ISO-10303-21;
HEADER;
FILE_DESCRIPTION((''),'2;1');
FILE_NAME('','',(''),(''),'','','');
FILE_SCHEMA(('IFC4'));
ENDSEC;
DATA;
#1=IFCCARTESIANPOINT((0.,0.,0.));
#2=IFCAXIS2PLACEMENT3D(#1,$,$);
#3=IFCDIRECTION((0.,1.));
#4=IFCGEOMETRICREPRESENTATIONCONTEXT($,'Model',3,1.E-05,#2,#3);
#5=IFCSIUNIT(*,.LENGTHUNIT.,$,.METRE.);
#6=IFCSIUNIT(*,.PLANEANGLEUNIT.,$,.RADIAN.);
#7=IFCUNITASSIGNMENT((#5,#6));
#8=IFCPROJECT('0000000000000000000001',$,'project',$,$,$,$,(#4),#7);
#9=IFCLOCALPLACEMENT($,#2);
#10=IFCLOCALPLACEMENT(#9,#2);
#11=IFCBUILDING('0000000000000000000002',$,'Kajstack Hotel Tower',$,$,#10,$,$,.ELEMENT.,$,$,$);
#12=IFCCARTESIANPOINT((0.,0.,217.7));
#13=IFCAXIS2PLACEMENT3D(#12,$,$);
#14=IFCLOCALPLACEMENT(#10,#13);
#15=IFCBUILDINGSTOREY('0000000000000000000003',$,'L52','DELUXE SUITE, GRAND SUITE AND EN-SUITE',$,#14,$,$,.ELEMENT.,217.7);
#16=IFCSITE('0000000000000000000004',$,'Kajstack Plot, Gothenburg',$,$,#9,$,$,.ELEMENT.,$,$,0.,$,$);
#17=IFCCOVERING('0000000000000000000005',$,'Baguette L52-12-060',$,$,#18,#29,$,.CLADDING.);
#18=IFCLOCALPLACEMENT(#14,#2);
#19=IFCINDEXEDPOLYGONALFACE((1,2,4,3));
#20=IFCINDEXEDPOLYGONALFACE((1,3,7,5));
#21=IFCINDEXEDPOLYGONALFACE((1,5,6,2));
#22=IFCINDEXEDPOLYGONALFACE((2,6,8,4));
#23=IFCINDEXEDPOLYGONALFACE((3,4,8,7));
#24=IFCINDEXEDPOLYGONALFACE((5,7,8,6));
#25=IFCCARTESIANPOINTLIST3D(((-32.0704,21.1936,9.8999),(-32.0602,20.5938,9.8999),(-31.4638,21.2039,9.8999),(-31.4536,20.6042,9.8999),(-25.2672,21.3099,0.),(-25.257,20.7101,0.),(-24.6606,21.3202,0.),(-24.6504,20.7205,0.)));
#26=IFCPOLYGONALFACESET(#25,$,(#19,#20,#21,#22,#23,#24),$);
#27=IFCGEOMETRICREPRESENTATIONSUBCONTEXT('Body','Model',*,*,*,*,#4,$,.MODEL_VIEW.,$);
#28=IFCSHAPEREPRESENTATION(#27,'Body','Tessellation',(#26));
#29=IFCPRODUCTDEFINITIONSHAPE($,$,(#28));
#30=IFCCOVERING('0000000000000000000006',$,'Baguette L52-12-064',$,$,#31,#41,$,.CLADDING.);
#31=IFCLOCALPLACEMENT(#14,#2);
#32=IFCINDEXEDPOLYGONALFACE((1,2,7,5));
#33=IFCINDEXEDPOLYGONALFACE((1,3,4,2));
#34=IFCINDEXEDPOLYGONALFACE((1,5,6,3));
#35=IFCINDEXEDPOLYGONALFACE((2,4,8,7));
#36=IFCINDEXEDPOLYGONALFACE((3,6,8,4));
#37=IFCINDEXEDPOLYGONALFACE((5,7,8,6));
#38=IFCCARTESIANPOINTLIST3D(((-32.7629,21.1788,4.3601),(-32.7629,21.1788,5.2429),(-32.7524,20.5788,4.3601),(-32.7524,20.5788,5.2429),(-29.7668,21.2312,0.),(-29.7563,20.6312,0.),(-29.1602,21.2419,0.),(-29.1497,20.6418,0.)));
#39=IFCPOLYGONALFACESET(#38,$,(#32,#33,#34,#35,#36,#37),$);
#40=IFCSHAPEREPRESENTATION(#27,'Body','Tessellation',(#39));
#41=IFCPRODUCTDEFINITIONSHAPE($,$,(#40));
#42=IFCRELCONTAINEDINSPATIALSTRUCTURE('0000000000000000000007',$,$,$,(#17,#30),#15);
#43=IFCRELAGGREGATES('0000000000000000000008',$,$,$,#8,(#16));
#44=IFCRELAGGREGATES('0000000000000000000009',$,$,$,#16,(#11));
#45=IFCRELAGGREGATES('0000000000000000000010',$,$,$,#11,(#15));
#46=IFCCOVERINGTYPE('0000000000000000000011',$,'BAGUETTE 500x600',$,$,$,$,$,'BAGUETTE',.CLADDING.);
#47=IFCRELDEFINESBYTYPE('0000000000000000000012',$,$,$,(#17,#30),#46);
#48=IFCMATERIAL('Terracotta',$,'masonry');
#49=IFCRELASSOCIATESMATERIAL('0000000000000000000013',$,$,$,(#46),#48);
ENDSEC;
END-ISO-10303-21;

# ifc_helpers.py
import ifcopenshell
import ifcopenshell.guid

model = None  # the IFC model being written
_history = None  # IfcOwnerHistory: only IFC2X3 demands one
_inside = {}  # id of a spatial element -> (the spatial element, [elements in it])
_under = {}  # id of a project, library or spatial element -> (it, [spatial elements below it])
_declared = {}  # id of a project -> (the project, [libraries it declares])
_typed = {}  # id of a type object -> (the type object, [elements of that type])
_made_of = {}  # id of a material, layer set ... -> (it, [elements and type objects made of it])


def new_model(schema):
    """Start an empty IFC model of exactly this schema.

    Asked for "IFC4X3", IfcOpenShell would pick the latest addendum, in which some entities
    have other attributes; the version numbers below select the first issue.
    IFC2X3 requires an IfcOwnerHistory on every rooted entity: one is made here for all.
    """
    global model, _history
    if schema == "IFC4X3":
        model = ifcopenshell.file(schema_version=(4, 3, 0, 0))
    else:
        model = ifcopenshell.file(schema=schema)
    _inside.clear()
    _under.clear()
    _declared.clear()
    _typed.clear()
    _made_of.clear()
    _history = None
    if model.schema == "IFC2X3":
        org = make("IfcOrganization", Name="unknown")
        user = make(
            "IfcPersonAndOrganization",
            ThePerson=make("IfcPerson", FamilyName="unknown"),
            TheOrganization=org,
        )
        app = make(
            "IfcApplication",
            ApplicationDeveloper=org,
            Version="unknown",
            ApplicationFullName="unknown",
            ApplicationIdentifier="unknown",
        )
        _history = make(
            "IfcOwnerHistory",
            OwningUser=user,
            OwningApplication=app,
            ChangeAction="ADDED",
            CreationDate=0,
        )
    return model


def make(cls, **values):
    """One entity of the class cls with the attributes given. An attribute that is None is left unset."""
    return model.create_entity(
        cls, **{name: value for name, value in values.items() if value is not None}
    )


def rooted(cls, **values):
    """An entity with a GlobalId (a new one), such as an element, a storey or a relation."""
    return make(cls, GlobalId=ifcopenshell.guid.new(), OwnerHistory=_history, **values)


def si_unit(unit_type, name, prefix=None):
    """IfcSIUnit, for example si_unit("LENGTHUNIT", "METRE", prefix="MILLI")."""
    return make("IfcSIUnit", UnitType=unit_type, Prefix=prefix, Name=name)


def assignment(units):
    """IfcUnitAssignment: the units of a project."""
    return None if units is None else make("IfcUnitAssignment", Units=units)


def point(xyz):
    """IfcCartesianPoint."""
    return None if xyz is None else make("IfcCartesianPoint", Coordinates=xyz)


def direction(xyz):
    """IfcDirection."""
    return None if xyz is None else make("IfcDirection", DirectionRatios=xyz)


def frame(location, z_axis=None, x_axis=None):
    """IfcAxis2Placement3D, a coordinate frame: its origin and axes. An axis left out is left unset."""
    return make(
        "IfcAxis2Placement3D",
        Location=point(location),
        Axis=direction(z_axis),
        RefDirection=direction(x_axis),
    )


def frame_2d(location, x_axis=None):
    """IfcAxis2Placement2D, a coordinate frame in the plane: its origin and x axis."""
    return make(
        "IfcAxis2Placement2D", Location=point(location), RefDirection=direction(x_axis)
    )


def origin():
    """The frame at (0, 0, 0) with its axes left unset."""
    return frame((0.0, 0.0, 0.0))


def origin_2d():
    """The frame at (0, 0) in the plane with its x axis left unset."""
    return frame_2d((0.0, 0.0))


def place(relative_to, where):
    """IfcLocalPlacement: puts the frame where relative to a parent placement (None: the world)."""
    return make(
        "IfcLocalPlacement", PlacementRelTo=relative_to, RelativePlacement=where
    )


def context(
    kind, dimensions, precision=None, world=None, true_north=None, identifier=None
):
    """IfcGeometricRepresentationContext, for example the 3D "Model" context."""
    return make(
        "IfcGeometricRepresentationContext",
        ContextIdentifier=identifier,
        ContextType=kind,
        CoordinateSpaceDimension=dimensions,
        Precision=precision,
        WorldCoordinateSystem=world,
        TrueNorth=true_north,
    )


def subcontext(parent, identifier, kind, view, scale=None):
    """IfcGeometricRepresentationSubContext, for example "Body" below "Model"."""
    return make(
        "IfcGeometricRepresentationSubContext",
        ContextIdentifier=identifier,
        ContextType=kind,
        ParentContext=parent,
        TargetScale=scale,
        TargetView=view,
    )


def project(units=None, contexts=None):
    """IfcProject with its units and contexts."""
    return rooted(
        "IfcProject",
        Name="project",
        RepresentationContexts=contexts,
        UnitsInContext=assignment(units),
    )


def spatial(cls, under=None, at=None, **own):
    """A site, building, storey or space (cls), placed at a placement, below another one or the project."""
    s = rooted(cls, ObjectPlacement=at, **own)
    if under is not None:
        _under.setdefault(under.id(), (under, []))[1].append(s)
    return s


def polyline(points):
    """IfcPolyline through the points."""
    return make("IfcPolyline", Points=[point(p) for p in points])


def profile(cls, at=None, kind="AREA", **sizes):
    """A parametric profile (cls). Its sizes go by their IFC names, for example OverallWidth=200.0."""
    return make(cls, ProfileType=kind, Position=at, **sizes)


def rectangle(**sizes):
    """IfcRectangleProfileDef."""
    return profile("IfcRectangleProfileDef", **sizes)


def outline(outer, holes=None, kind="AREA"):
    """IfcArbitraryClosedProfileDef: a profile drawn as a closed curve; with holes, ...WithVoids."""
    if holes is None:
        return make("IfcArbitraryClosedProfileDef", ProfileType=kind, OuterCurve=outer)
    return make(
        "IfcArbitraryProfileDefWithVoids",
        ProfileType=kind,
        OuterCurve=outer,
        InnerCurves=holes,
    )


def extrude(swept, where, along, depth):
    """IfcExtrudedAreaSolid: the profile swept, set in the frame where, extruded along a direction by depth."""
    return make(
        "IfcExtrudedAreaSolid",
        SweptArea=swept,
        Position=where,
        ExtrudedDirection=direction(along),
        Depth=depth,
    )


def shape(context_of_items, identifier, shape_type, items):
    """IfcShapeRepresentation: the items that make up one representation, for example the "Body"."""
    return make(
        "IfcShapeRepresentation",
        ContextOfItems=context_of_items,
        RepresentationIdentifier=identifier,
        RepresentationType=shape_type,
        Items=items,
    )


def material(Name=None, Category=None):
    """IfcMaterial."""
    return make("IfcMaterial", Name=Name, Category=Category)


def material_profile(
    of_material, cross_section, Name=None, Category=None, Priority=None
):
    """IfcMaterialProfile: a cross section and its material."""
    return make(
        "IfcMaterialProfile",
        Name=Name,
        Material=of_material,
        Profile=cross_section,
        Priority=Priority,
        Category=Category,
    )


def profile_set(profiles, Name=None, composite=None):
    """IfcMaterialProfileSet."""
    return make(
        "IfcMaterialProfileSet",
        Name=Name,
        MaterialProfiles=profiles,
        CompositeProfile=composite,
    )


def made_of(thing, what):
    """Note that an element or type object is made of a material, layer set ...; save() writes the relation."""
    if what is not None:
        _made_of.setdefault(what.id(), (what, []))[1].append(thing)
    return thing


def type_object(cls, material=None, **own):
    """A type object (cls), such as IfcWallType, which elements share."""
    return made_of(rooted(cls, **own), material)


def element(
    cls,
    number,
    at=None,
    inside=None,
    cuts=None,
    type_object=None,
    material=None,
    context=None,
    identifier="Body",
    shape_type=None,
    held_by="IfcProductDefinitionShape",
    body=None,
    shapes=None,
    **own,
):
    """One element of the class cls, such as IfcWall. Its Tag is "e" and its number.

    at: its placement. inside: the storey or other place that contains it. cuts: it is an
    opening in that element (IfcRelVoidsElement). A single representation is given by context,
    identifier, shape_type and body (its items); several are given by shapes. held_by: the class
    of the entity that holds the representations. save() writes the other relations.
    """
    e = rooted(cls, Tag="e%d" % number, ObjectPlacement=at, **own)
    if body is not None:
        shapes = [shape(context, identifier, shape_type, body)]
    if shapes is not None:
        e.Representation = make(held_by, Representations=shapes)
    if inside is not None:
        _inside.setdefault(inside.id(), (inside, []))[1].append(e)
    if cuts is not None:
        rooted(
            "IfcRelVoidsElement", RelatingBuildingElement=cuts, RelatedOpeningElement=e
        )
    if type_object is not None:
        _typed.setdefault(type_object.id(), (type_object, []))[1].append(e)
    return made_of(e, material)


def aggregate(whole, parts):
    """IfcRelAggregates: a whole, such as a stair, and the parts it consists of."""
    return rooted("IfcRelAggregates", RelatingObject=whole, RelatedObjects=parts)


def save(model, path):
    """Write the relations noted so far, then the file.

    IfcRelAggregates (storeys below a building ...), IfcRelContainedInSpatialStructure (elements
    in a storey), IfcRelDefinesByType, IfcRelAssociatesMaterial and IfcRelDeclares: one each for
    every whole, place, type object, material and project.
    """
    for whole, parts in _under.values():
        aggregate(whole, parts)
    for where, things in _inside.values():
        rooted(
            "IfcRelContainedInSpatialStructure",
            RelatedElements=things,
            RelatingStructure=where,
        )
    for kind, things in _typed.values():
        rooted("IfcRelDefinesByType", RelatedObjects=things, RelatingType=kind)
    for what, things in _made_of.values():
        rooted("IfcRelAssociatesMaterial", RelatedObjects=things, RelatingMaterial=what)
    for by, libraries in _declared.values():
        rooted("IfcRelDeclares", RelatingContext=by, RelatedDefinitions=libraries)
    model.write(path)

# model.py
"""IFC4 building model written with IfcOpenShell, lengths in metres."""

from ifc_helpers import new_model, si_unit, direction, frame, origin, origin_2d, place, context, subcontext, project, spatial, polyline, rectangle, outline, extrude, material, material_profile, profile_set, type_object, element, save


model = new_model("IFC4")

# Units and contexts
model_context = context("Model", 3, precision=1e-05, world=origin(), true_north=direction((0.0, 1.0)))
body_context = subcontext(model_context, "Body", "Model", "MODEL_VIEW")
ifc_project = project(units=[si_unit("LENGTHUNIT", "METRE"), si_unit("PLANEANGLEUNIT", "RADIAN")], contexts=[model_context])

# Site, building, storey
site_placement = place(None, origin())
site = spatial("IfcSite", under=ifc_project, at=site_placement, Name="Kajstack Plot, Gothenburg", CompositionType="ELEMENT", RefElevation=0.0)
building_placement = place(site_placement, origin())
building = spatial("IfcBuilding", under=site, at=building_placement, Name="Kajstack Hotel Tower", CompositionType="ELEMENT")
storey_placement = place(building_placement, frame((0.0, 0.0, 217.7)))
storey = spatial("IfcBuildingStorey", under=building, at=storey_placement, Name="L52", Description="DELUXE SUITE, GRAND SUITE AND EN-SUITE", CompositionType="ELEMENT", Elevation=217.7)

# Coverings
ifc_material_1 = material(Name="Terracotta", Category="masonry")
ifc_material_profile = material_profile(ifc_material_1, rectangle(XDim=0.6001, YDim=0.5, at=origin_2d()), Name="Terracotta-clad concrete baguette 500 x 600")
ifc_profile_set = profile_set([ifc_material_profile], Name="Terracotta")
covering_type = type_object("IfcCoveringType", Name="BAGUETTE 500x600", ElementType="BAGUETTE", PredefinedType="CLADDING", material=ifc_profile_set)
covering_1_placement = place(storey_placement, frame((-24.6504, 20.7205, 0.0), z_axis=(-0.017092, 0.999854, 0.0), x_axis=(-0.999854, -0.017092, 0.0)))
element("IfcCovering", 1, at=covering_1_placement, inside=storey, type_object=covering_type, Name="Baguette L52-12-060", PredefinedType="CLADDING", context=body_context, shape_type="SweptSolid", body=[
    extrude(outline(polyline([(6.8042, 9.8999), (0.0, 0.0), (0.6067, 0.0), (7.4109, 9.8999), (6.8042, 9.8999)])), origin(), (0.0, 0.0, 1.0), 0.5999),
])
covering_2_placement = place(storey_placement, frame((-29.1497, 20.6418, 0.0), z_axis=(-0.017491, 0.999847, 0.0), x_axis=(-0.999847, -0.017491, 0.0)))
element("IfcCovering", 2, at=covering_2_placement, inside=storey, type_object=covering_type, Name="Baguette L52-12-064", PredefinedType="CLADDING", context=body_context, shape_type="SweptSolid", body=[
    extrude(outline(polyline([(0.6067, 0.0), (3.6033, 4.3601), (3.6033, 5.2429), (0.0, 0.0), (0.6067, 0.0)])), origin(), (0.0, 0.0, 1.0), 0.6001),
])

save(model, "model.ifc")
